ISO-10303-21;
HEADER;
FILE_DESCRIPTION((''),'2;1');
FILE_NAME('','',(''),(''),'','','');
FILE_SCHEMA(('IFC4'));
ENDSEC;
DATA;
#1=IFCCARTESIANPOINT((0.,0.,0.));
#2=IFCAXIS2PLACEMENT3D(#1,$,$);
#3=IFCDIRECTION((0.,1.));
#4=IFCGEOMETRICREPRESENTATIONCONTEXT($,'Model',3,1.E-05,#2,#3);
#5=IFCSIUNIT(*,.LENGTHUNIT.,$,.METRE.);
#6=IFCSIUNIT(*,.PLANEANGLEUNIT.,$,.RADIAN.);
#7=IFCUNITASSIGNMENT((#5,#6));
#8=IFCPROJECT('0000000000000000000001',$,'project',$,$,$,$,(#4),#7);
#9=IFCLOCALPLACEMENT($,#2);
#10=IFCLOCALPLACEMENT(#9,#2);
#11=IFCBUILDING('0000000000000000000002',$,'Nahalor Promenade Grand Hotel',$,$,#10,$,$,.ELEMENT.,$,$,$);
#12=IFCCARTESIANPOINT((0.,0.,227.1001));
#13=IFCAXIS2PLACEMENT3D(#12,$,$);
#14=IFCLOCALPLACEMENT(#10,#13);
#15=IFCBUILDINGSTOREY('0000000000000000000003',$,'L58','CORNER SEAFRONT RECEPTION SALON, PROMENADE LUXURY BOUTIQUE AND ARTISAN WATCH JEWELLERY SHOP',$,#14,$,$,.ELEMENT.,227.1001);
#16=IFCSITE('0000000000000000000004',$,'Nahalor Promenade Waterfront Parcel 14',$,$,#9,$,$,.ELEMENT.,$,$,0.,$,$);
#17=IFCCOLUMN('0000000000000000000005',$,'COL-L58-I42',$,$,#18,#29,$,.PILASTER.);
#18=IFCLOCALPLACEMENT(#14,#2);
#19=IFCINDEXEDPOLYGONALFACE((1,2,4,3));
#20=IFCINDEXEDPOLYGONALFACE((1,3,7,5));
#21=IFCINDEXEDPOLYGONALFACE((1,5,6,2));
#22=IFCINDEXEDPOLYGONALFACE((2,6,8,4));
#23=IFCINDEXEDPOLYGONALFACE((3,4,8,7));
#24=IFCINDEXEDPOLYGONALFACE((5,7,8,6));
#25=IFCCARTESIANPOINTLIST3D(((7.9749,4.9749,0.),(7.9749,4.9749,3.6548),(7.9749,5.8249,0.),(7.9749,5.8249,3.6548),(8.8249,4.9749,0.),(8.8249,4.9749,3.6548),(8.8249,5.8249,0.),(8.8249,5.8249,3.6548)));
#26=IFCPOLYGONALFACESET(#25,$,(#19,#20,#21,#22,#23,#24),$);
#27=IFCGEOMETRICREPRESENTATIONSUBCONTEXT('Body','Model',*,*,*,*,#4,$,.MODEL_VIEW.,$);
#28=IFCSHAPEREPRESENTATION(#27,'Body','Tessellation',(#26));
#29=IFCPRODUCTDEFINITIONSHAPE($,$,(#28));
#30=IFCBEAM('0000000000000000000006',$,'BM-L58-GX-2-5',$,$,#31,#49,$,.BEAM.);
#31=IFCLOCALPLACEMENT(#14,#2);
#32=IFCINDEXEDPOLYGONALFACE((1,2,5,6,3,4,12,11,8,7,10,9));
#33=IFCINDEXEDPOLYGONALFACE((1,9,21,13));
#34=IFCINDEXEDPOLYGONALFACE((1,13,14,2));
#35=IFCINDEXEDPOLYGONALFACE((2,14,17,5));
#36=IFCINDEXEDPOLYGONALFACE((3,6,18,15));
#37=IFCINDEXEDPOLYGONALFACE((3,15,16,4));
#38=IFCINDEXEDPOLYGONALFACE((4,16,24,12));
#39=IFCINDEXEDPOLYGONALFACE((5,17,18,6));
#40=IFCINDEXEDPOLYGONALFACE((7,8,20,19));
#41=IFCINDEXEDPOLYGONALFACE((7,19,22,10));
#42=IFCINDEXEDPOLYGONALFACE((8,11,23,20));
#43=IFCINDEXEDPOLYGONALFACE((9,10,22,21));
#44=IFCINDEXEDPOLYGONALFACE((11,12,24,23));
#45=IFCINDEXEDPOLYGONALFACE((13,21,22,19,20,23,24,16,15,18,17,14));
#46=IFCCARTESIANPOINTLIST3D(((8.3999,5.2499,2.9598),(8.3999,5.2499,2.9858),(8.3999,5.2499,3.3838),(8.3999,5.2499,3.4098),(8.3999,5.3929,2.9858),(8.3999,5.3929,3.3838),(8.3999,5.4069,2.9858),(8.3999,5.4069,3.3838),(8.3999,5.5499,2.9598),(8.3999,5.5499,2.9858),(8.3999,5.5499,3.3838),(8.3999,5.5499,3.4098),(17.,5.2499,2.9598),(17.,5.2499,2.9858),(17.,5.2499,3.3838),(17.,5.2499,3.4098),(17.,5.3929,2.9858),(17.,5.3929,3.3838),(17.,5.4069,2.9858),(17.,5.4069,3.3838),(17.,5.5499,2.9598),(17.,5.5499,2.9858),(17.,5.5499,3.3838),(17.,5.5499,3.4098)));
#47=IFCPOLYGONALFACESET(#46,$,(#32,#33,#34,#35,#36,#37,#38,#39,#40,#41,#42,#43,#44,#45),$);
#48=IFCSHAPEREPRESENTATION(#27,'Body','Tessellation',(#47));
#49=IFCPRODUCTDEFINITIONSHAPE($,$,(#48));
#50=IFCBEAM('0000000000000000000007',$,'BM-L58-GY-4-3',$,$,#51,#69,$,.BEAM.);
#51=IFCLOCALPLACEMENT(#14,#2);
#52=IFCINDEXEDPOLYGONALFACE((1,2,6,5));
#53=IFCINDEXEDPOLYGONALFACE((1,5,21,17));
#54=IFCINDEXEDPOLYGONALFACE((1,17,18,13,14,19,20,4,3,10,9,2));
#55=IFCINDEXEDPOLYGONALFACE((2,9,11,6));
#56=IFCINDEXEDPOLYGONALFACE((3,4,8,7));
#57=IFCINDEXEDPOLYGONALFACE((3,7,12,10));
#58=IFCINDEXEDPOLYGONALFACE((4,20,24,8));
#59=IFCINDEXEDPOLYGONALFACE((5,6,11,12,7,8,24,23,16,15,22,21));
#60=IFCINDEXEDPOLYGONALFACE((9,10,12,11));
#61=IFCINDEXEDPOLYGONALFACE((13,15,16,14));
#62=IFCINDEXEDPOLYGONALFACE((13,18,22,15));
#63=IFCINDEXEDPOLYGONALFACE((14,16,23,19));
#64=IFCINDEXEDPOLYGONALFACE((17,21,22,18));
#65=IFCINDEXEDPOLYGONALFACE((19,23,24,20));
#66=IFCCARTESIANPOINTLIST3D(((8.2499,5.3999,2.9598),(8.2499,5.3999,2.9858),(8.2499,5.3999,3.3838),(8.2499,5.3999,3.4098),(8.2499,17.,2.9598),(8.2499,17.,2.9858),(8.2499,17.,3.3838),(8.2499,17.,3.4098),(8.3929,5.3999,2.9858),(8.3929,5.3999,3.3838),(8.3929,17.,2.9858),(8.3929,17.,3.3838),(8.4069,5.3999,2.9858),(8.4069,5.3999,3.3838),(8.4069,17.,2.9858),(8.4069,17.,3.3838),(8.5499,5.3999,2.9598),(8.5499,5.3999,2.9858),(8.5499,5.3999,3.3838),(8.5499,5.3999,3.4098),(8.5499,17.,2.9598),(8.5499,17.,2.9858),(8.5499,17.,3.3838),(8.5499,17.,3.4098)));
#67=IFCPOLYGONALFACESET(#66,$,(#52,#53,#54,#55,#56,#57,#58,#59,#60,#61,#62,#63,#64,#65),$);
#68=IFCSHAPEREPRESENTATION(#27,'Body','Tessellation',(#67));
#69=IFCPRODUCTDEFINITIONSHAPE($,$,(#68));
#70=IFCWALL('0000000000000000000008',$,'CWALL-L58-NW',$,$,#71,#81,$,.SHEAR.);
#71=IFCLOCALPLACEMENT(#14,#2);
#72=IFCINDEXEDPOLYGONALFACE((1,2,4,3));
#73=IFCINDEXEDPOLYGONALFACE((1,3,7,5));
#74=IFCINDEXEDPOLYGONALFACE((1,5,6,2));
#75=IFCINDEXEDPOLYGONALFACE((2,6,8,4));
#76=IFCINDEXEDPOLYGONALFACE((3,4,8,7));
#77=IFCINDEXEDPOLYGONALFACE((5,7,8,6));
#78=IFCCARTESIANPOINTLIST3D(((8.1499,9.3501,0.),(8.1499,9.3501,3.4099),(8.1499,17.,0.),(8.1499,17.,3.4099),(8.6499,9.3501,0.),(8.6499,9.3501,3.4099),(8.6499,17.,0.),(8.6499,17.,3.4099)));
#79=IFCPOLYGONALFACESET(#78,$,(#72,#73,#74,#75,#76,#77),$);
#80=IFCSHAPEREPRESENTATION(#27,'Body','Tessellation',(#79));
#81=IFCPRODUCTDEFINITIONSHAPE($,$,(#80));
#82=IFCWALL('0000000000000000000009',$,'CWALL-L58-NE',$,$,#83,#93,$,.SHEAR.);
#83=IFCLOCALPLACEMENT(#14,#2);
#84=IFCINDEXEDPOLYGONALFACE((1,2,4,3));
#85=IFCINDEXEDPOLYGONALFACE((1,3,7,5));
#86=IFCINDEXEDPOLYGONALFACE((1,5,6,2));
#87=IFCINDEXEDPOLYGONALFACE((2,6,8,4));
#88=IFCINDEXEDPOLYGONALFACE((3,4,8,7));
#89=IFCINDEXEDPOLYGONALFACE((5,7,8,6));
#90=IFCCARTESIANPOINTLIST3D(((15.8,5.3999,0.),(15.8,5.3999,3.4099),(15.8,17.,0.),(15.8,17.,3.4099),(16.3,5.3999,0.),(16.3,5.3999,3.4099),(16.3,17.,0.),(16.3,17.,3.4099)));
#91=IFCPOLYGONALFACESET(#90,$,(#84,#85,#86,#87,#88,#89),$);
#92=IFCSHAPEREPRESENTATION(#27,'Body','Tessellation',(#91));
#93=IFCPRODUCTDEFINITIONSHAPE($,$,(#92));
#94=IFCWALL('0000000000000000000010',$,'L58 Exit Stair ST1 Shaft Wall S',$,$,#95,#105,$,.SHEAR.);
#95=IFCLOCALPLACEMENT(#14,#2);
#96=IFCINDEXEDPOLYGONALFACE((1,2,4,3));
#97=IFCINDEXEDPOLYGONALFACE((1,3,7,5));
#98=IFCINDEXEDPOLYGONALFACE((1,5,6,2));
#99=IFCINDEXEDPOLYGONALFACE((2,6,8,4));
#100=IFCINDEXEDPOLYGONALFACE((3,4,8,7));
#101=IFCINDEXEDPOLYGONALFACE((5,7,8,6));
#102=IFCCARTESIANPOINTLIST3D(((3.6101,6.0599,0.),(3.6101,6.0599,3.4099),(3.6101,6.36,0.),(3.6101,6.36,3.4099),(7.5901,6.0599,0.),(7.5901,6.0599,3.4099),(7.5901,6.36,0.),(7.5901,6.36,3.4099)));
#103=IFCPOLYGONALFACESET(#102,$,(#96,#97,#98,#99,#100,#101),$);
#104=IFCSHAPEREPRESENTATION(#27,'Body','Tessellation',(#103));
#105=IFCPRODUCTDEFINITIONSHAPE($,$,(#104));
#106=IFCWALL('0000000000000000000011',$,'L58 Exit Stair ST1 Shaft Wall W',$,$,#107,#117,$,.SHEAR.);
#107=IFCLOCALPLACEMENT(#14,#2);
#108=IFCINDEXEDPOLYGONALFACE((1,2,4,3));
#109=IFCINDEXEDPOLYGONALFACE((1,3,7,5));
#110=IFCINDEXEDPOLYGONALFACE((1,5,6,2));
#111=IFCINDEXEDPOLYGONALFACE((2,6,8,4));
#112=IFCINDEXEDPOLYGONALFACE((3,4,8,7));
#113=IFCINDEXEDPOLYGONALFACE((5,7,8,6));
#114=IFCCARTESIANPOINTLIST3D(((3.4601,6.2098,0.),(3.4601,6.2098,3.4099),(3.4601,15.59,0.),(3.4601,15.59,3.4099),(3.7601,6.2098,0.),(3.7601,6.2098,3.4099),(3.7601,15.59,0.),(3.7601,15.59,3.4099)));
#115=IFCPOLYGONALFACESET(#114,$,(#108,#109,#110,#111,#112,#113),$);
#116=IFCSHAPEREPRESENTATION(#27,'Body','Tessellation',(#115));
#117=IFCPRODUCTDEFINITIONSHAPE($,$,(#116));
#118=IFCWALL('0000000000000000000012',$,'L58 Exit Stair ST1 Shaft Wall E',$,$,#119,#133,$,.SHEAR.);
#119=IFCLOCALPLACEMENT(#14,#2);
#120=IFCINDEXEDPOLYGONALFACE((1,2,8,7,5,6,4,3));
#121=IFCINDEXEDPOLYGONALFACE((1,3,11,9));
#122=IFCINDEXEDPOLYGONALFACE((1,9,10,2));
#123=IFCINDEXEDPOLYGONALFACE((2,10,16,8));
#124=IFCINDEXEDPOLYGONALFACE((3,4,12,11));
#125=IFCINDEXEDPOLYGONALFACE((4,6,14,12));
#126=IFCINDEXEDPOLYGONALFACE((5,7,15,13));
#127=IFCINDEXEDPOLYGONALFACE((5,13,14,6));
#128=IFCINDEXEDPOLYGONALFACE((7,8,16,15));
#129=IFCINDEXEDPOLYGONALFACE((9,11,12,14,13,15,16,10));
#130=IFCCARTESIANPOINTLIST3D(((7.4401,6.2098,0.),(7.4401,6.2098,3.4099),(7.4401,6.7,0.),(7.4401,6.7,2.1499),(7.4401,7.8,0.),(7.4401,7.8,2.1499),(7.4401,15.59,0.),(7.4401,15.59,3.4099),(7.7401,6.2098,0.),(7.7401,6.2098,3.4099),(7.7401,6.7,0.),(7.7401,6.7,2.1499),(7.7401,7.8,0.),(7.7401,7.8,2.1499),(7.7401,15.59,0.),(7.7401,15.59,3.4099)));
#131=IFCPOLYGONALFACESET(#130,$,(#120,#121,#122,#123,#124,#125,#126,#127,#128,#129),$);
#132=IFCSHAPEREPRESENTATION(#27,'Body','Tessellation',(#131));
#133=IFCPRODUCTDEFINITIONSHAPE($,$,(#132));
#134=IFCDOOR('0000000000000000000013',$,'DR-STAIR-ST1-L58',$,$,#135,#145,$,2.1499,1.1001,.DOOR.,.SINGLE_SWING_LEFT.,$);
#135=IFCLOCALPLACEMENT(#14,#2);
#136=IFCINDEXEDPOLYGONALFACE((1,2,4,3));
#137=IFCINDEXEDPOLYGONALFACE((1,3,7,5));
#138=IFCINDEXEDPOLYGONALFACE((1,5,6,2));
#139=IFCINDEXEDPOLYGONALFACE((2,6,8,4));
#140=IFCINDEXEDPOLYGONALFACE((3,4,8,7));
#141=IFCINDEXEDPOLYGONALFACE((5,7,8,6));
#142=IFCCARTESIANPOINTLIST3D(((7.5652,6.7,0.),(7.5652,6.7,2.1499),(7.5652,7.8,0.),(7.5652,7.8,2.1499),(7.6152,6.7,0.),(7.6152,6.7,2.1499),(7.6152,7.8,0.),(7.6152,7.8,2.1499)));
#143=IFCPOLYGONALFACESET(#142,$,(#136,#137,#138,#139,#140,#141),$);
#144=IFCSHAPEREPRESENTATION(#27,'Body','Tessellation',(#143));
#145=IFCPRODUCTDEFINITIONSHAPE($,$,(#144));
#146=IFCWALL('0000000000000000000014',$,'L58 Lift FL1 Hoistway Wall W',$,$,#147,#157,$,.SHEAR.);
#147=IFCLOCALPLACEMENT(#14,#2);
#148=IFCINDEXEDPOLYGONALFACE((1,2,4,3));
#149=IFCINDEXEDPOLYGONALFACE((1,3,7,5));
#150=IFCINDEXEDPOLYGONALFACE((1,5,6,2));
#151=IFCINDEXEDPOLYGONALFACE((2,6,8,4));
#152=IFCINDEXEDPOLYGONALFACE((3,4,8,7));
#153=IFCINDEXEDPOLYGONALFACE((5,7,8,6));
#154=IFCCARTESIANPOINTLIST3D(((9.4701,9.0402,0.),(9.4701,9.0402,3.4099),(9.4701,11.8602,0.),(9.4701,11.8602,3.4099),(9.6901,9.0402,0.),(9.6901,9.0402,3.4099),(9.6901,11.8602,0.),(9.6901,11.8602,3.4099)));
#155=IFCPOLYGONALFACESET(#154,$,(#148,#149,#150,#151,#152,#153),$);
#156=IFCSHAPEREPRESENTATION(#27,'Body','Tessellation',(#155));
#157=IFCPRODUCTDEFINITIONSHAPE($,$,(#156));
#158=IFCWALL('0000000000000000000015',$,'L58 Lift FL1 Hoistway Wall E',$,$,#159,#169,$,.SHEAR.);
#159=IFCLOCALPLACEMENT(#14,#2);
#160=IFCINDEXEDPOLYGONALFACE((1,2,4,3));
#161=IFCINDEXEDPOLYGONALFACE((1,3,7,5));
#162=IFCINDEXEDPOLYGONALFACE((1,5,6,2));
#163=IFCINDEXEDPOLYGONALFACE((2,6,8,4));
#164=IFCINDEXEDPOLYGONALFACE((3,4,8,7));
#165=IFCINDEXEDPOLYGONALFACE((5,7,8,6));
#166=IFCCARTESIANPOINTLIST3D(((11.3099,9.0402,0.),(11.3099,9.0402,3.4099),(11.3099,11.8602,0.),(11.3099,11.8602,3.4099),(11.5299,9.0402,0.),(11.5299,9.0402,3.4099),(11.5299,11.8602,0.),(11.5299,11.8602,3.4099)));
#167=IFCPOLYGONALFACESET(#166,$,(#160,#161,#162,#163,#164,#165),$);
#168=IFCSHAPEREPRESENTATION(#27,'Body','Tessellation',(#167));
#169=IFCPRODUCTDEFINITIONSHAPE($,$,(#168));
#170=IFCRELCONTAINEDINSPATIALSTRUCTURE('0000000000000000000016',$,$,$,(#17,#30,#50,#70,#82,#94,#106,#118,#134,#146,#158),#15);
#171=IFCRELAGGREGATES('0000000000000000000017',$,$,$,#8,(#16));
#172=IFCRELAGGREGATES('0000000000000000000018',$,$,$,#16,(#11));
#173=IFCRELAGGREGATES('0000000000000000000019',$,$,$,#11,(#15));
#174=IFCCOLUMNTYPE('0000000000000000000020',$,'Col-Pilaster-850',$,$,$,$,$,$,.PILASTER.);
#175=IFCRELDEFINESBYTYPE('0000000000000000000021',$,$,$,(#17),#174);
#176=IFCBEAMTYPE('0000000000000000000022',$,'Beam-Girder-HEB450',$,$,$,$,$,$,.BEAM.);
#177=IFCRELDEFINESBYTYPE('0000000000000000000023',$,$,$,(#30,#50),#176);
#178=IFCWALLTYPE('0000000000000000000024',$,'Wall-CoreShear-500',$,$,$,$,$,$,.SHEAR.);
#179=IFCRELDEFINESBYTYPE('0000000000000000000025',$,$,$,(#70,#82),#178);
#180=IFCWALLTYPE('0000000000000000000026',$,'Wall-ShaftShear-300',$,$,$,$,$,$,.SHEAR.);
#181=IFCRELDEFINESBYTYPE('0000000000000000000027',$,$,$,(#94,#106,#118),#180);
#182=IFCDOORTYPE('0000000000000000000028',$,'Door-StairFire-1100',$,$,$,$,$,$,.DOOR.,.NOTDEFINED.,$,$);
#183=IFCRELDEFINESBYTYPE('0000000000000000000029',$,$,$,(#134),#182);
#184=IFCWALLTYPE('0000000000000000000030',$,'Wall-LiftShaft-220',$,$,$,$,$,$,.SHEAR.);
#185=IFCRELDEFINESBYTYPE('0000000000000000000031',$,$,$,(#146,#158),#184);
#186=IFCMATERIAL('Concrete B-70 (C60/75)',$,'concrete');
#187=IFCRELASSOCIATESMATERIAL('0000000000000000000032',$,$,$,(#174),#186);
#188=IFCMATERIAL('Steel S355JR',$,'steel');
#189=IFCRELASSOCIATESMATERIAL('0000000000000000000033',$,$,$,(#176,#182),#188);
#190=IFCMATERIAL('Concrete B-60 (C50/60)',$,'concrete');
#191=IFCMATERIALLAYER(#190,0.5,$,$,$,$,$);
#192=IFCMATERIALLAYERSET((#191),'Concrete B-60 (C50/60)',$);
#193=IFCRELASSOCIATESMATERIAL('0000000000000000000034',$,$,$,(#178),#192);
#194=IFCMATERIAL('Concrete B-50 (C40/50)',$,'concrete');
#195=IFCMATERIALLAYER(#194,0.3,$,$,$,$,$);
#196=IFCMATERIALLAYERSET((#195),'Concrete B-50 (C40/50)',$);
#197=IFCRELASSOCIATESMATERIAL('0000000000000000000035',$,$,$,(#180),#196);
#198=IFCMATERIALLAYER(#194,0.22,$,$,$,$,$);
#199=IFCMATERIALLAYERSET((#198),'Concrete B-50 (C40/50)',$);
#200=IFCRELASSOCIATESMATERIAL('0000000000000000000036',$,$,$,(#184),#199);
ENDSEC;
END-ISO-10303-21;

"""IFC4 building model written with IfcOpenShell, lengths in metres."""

from ifc_helpers import new_model, si_unit, direction, frame, frame_2d, origin, origin_2d, place, context, subcontext, project, spatial, rectangle, i_section, extrude, source, transform, mapped, material, layer, layer_set, material_profile, profile_set, type_object, element, fill, save


model = new_model("IFC4")

# Units and contexts
model_context = context("Model", 3, precision=1e-05, world=origin(), true_north=direction((0.0, 1.0)))
body_context = subcontext(model_context, "Body", "Model", "MODEL_VIEW")
ifc_project = project(units=[si_unit("LENGTHUNIT", "METRE"), si_unit("PLANEANGLEUNIT", "RADIAN")], contexts=[model_context])

# Site, building, storey
site_placement = place(None, origin())
site = spatial("IfcSite", under=ifc_project, at=site_placement, Name="Nahalor Promenade Waterfront Parcel 14", CompositionType="ELEMENT", RefElevation=0.0)
building_placement = place(site_placement, origin())
building = spatial("IfcBuilding", under=site, at=building_placement, Name="Nahalor Promenade Grand Hotel", CompositionType="ELEMENT")
storey_placement = place(building_placement, frame((0.0, 0.0, 227.1001)))
storey = spatial("IfcBuildingStorey", under=building, at=storey_placement, Name="L58", Description="CORNER SEAFRONT RECEPTION SALON, PROMENADE LUXURY BOUTIQUE AND ARTISAN WATCH JEWELLERY SHOP", CompositionType="ELEMENT", Elevation=227.1001)

# Column
ifc_material_1 = material(Name="Concrete B-70 (C60/75)", Category="concrete")
ifc_material_profile_1 = material_profile(ifc_material_1, rectangle(XDim=0.85, YDim=0.85, at=origin_2d()), Name="RC 850x850")
ifc_profile_set_1 = profile_set([ifc_material_profile_1], Name="Concrete B-70 (C60/75)")
column_type = type_object("IfcColumnType", Name="Col-Pilaster-850", PredefinedType="PILASTER", material=ifc_profile_set_1)
shared_shape_1 = source(origin(), body_context, "Body", "SweptSolid", [
    extrude(rectangle(XDim=0.85, YDim=0.85, at=origin_2d()), origin(), (0.0, 0.0, 1.0), 3.6548),
])
column_placement = place(storey_placement, frame((8.3999, 5.3999, 0.0), z_axis=(0.0, 0.0, 1.0), x_axis=(1.0, 0.0, 0.0)))
element("IfcColumn", 1, at=column_placement, inside=storey, type_object=column_type, Name="COL-L58-I42", PredefinedType="PILASTER", context=body_context, shape_type="MappedRepresentation", body=[
    mapped(shared_shape_1, transform((0.0, 0.0, 0.0), scale=1.0)),
])

# Beams
ifc_material_2 = material(Name="Steel S355JR", Category="steel")
ifc_material_profile_2 = material_profile(ifc_material_2, i_section(OverallWidth=0.3, OverallDepth=0.45, WebThickness=0.014, FlangeThickness=0.026, at=origin_2d()), Name="HEB 450")
ifc_profile_set_2 = profile_set([ifc_material_profile_2], Name="Steel S355JR")
beam_type = type_object("IfcBeamType", Name="Beam-Girder-HEB450", PredefinedType="BEAM", material=ifc_profile_set_2)
shared_shape_2 = source(origin(), body_context, "Body", "SweptSolid", [
    extrude(i_section(OverallWidth=0.3, OverallDepth=0.45, WebThickness=0.014, FlangeThickness=0.026, at=origin_2d()), origin(), (0.0, 0.0, 1.0), 8.6001),
])
beam_1_placement = place(storey_placement, frame((8.3999, 5.3999, 3.1848), z_axis=(1.0, 0.0, 0.0), x_axis=(0.0, 1.0, 0.0)))
element("IfcBeam", 2, at=beam_1_placement, inside=storey, type_object=beam_type, Name="BM-L58-GX-2-5", PredefinedType="BEAM", context=body_context, shape_type="MappedRepresentation", body=[
    mapped(shared_shape_2, transform((0.0, 0.0, 0.0), scale=1.0)),
])
shared_shape_3 = source(origin(), body_context, "Body", "SweptSolid", [
    extrude(i_section(OverallWidth=0.3, OverallDepth=0.45, WebThickness=0.014, FlangeThickness=0.026, at=origin_2d()), origin(), (0.0, 0.0, 1.0), 11.6001),
])
beam_2_placement = place(storey_placement, frame((8.3999, 5.3999, 3.1848), z_axis=(0.0, 1.0, 0.0), x_axis=(-1.0, 0.0, 0.0)))
element("IfcBeam", 3, at=beam_2_placement, inside=storey, type_object=beam_type, Name="BM-L58-GY-4-3", PredefinedType="BEAM", context=body_context, shape_type="MappedRepresentation", body=[
    mapped(shared_shape_3, transform((0.0, 0.0, 0.0), scale=1.0)),
])

# Walls
ifc_material_3 = material(Name="Concrete B-60 (C50/60)", Category="concrete")
ifc_layer_1 = layer(ifc_material_3, 0.5)
ifc_layer_set_1 = layer_set([ifc_layer_1], Name="Concrete B-60 (C50/60)")
wall_type_1 = type_object("IfcWallType", Name="Wall-CoreShear-500", PredefinedType="SHEAR", material=ifc_layer_set_1)
shared_shape_4 = source(origin(), body_context, "Body", "SweptSolid", [
    extrude(rectangle(XDim=7.6499, YDim=0.5, at=frame_2d((3.825, 0.0))), origin(), (0.0, 0.0, 1.0), 3.4099),
])
wall_1_placement = place(storey_placement, frame((8.3999, 9.3501, 0.0), z_axis=(0.0, 0.0, 1.0), x_axis=(0.0, 1.0, 0.0)))
element("IfcWall", 4, at=wall_1_placement, inside=storey, type_object=wall_type_1, Name="CWALL-L58-NW", PredefinedType="SHEAR", context=body_context, shape_type="MappedRepresentation", body=[
    mapped(shared_shape_4, transform((0.0, 0.0, 0.0), scale=1.0)),
])
shared_shape_5 = source(origin(), body_context, "Body", "SweptSolid", [
    extrude(rectangle(XDim=11.6001, YDim=0.5, at=frame_2d((5.8, 0.0))), origin(), (0.0, 0.0, 1.0), 3.4099),
])
wall_2_placement = place(storey_placement, frame((16.05, 5.3999, 0.0), z_axis=(0.0, 0.0, 1.0), x_axis=(0.0, 1.0, 0.0)))
element("IfcWall", 5, at=wall_2_placement, inside=storey, type_object=wall_type_1, Name="CWALL-L58-NE", PredefinedType="SHEAR", context=body_context, shape_type="MappedRepresentation", body=[
    mapped(shared_shape_5, transform((0.0, 0.0, 0.0), scale=1.0)),
])
ifc_material_4 = material(Name="Concrete B-50 (C40/50)", Category="concrete")
ifc_layer_2 = layer(ifc_material_4, 0.3)
ifc_layer_set_2 = layer_set([ifc_layer_2], Name="Concrete B-50 (C40/50)")
wall_type_2 = type_object("IfcWallType", Name="Wall-ShaftShear-300", PredefinedType="SHEAR", material=ifc_layer_set_2)
shared_shape_6 = source(origin(), body_context, "Body", "SweptSolid", [
    extrude(rectangle(XDim=3.98, YDim=0.3, at=frame_2d((1.99, 0.0))), origin(), (0.0, 0.0, 1.0), 3.4099),
])
wall_3_placement = place(storey_placement, frame((3.6101, 6.21, 0.0), z_axis=(0.0, 0.0, 1.0), x_axis=(1.0, 0.0, 0.0)))
element("IfcWall", 6, at=wall_3_placement, inside=storey, type_object=wall_type_2, Name="L58 Exit Stair ST1 Shaft Wall S", PredefinedType="SHEAR", context=body_context, shape_type="MappedRepresentation", body=[
    mapped(shared_shape_6, transform((0.0, 0.0, 0.0), scale=1.0)),
])
shared_shape_7 = source(origin(), body_context, "Body", "SweptSolid", [
    extrude(rectangle(XDim=9.3801, YDim=0.3, at=frame_2d((4.6899, 0.0))), origin(), (0.0, 0.0, 1.0), 3.4099),
])
wall_4_placement = place(storey_placement, frame((3.6101, 6.21, 0.0), z_axis=(0.0, 0.0, 1.0), x_axis=(0.0, 1.0, 0.0)))
element("IfcWall", 7, at=wall_4_placement, inside=storey, type_object=wall_type_2, Name="L58 Exit Stair ST1 Shaft Wall W", PredefinedType="SHEAR", context=body_context, shape_type="MappedRepresentation", body=[
    mapped(shared_shape_7, transform((0.0, 0.0, 0.0), scale=1.0)),
])

# Wall, opening, door
wall_5_placement = place(storey_placement, frame((7.5901, 6.21, 0.0), z_axis=(0.0, 0.0, 1.0), x_axis=(0.0, 1.0, 0.0)))
wall_5 = element("IfcWall", 8, at=wall_5_placement, inside=storey, type_object=wall_type_2, Name="L58 Exit Stair ST1 Shaft Wall E", PredefinedType="SHEAR", context=body_context, shape_type="MappedRepresentation", body=[
    mapped(shared_shape_7, transform((0.0, 0.0, 0.0), scale=1.0)),
])
opening_1_placement = place(wall_5_placement, frame((0.49, 0.0, 0.0)))
opening_1 = element("IfcOpeningElement", 9, at=opening_1_placement, cuts=wall_5, PredefinedType="OPENING", context=body_context, shape_type="SweptSolid", body=[
    extrude(rectangle(XDim=1.1001, YDim=2.1499, at=frame_2d((0.55, 1.075))), frame((0.0, 0.1599, 0.0), z_axis=(0.0, -1.0, 0.0), x_axis=(1.0, 0.0, 0.0)), (0.0, 0.0, 1.0), 0.3201),
])
door_type_1 = type_object("IfcDoorType", Name="Door-StairFire-1100", OperationType="NOTDEFINED", PredefinedType="DOOR", material=ifc_material_2)
shared_shape_8 = source(origin(), body_context, "Body", "SweptSolid", [
    extrude(rectangle(XDim=1.1001, YDim=2.1499, at=frame_2d((0.55, 1.075))), frame((0.0, 0.0249, 0.0), z_axis=(0.0, -1.0, 0.0), x_axis=(1.0, 0.0, 0.0)), (0.0, 0.0, 1.0), 0.05),
])
door_1_placement = place(opening_1_placement, origin())
door_1 = element("IfcDoor", 10, at=door_1_placement, inside=storey, type_object=door_type_1, Name="DR-STAIR-ST1-L58", OperationType="SINGLE_SWING_LEFT", OverallHeight=2.1499, OverallWidth=1.1001, PredefinedType="DOOR", context=body_context, shape_type="MappedRepresentation", body=[
    mapped(shared_shape_8, transform((0.0, 0.0, 0.0), scale=1.0)),
])
fill(opening_1, door_1)

# Walls
ifc_layer_3 = layer(ifc_material_4, 0.22)
ifc_layer_set_3 = layer_set([ifc_layer_3], Name="Concrete B-50 (C40/50)")
wall_type_3 = type_object("IfcWallType", Name="Wall-LiftShaft-220", PredefinedType="SHEAR", material=ifc_layer_set_3)
shared_shape_9 = source(origin(), body_context, "Body", "SweptSolid", [
    extrude(rectangle(XDim=2.8201, YDim=0.22, at=frame_2d((1.4102, 0.0))), origin(), (0.0, 0.0, 1.0), 3.4099),
])
for number, where, z_axis, x_axis, name in (
    (11, (9.5801, 9.04, 0.0), (0.0, 0.0, 1.0), (0.0, 1.0, 0.0), "L58 Lift FL1 Hoistway Wall W"),
    (12, (11.4199, 9.04, 0.0), (0.0, 0.0, 1.0), (0.0, 1.0, 0.0), "L58 Lift FL1 Hoistway Wall E"),
):
    element("IfcWall", number, at=place(storey_placement, frame(where, z_axis=z_axis, x_axis=x_axis)), inside=storey, type_object=wall_type_3, Name=name, PredefinedType="SHEAR", context=body_context, shape_type="MappedRepresentation", body=[
        mapped(shared_shape_9, transform((0.0, 0.0, 0.0), scale=1.0)),
    ])

save(model, "model.ifc")
